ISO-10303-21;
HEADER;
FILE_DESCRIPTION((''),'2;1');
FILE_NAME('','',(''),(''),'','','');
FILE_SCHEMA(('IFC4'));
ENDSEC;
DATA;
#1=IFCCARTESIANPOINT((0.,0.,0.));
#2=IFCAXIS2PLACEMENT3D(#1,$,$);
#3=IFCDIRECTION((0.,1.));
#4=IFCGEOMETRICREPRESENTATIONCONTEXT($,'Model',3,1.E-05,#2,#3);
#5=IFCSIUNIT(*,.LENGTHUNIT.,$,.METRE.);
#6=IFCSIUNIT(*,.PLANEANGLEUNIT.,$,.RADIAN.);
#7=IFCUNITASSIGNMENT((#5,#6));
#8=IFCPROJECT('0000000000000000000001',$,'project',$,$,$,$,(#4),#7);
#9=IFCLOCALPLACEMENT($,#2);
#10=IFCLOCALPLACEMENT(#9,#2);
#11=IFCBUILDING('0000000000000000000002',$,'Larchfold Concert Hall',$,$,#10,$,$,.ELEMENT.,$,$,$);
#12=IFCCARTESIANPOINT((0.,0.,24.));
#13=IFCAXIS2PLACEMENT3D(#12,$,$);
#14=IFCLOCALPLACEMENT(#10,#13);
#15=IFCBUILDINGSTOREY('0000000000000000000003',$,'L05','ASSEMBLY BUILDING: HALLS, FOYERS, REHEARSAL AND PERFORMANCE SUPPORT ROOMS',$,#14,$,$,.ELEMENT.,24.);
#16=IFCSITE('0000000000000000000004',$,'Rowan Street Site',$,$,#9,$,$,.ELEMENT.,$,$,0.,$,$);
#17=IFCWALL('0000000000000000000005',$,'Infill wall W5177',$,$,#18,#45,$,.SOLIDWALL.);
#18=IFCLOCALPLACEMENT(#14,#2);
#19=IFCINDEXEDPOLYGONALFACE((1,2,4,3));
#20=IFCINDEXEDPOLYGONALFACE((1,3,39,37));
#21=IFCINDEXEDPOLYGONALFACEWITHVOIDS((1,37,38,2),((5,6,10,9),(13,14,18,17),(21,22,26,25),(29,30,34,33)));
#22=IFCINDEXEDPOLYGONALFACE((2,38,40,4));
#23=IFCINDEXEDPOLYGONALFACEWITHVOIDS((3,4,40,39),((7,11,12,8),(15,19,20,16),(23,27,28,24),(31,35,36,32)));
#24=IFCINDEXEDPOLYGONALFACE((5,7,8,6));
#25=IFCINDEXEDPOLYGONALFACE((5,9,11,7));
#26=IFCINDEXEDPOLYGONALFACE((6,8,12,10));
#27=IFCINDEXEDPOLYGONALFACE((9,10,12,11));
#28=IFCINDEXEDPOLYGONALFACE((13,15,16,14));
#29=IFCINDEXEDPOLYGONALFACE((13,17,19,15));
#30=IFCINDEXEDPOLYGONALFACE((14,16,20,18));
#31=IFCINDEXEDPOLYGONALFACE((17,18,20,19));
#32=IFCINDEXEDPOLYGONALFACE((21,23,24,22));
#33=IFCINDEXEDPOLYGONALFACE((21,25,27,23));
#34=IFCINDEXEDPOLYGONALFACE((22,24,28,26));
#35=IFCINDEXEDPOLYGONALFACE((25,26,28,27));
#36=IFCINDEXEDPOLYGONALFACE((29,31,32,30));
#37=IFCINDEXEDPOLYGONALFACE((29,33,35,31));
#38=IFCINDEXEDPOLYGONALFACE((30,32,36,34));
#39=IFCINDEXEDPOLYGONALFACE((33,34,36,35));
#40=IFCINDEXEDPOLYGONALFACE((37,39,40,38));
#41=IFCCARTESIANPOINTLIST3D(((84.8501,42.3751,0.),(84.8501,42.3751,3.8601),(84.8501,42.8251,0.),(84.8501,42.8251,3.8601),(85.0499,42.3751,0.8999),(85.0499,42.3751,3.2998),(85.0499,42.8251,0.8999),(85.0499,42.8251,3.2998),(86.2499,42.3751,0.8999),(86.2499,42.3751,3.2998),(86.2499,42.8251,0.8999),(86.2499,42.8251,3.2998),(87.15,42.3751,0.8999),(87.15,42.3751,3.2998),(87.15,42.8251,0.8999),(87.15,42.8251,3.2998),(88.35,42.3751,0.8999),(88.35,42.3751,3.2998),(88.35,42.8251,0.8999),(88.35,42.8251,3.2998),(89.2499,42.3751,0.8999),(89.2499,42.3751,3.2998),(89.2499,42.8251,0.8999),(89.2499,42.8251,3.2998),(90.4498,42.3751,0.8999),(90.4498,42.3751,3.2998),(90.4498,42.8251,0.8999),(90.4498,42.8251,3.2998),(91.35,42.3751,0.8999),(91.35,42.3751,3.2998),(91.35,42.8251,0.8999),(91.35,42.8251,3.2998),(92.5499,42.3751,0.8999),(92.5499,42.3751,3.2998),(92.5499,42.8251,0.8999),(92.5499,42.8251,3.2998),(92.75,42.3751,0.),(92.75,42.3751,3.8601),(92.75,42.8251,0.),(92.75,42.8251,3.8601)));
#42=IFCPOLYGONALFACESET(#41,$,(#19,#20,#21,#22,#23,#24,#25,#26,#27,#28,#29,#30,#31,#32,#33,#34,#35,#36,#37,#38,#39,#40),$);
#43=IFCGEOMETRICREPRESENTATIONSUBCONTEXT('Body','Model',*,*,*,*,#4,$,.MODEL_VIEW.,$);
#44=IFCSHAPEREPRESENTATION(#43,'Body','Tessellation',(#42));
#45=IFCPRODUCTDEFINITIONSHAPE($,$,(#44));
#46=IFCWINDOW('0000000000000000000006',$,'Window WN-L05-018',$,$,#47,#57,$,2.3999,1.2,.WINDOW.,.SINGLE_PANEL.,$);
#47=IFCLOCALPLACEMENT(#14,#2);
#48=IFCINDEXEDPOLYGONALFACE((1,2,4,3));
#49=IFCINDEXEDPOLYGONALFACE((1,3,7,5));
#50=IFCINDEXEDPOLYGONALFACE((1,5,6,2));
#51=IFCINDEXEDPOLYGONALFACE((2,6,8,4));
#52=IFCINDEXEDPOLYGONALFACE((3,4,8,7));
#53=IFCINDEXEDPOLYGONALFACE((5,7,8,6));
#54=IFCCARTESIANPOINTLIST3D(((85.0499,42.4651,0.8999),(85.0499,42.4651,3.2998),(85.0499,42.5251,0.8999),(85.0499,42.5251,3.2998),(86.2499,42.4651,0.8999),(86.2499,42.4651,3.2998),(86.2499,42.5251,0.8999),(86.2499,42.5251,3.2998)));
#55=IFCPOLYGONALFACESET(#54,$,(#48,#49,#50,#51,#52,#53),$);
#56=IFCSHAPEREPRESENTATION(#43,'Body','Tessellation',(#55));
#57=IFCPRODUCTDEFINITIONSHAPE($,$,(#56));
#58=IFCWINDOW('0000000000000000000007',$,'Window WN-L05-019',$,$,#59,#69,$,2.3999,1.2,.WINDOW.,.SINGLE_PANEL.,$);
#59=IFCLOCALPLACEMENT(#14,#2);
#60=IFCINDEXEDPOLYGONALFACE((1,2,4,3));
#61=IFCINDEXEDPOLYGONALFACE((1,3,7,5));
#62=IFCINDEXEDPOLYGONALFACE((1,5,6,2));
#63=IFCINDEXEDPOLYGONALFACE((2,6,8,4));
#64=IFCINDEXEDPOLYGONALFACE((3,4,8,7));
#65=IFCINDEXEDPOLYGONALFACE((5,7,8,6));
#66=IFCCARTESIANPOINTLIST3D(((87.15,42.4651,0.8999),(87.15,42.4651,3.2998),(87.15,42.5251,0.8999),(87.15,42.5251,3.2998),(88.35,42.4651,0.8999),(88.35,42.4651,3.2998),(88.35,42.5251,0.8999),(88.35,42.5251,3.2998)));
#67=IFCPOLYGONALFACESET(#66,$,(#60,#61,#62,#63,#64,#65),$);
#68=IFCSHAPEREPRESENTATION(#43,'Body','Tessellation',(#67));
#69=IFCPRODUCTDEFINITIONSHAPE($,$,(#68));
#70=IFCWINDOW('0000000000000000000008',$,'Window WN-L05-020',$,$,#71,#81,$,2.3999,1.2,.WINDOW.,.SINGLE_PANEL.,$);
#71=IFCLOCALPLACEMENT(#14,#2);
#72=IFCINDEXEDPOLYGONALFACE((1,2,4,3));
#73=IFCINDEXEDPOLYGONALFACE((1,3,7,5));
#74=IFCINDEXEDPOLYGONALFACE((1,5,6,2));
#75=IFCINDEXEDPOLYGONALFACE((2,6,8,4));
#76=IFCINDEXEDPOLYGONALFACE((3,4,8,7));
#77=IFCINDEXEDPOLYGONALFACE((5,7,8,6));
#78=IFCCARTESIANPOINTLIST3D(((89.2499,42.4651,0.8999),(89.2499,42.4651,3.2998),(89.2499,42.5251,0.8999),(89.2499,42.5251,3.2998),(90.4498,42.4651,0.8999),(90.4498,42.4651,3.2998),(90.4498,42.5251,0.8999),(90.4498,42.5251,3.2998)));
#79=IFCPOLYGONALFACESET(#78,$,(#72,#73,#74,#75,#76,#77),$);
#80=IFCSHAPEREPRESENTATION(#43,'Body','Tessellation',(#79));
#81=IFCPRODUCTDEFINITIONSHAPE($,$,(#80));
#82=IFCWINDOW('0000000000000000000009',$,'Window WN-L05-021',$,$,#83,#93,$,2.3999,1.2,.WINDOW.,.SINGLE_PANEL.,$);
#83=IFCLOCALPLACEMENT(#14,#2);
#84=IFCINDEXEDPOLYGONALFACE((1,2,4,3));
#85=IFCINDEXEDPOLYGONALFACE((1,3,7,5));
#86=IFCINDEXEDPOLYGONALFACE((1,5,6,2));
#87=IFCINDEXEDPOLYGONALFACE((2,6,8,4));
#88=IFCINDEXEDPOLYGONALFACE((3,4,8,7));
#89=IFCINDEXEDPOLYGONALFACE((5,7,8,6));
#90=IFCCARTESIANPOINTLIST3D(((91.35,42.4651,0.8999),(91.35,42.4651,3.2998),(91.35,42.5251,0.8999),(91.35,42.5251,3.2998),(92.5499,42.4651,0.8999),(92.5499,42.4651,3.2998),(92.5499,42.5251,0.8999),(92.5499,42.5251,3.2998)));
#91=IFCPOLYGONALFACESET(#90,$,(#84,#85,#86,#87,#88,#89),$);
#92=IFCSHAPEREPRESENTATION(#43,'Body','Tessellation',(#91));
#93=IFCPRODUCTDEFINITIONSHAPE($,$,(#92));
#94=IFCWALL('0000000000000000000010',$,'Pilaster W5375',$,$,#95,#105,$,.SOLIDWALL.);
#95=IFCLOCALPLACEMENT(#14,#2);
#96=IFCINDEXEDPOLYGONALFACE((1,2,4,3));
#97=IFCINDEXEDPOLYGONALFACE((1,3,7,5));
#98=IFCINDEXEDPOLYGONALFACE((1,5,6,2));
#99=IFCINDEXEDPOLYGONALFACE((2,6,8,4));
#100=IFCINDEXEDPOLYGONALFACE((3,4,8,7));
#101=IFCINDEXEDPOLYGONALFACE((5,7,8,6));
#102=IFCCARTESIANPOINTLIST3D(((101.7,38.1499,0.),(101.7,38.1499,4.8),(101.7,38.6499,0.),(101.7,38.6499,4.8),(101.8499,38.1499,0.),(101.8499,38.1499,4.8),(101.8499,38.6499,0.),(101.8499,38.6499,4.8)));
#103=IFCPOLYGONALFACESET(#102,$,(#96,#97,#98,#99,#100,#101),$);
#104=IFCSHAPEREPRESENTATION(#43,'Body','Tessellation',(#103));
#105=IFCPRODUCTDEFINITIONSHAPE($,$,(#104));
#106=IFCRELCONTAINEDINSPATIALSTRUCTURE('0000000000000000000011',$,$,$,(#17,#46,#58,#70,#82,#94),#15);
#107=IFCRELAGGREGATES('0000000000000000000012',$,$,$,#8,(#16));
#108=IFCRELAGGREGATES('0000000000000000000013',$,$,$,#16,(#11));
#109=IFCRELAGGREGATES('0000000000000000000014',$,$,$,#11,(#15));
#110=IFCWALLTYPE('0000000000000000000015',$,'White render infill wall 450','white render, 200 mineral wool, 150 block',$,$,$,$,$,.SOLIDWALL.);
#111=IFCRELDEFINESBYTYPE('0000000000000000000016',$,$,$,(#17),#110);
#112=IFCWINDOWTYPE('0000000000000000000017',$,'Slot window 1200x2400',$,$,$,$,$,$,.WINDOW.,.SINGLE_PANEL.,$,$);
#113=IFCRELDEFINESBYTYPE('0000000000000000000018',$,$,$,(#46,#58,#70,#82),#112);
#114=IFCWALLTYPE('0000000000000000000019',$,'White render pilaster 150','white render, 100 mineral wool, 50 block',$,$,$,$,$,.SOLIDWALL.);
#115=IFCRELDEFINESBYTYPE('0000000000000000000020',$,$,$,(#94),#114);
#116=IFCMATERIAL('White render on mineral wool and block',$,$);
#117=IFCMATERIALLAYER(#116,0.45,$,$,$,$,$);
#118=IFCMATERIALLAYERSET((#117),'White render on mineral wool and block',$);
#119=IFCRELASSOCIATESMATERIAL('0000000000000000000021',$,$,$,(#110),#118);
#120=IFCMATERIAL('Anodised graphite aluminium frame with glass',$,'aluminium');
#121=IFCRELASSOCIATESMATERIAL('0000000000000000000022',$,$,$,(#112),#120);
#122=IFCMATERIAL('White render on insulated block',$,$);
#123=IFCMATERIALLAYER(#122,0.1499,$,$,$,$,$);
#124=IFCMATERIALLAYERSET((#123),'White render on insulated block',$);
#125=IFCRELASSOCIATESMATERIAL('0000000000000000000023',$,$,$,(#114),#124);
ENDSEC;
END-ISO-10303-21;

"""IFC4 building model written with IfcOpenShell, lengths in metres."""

from ifc_helpers import new_model, si_unit, direction, frame, frame_2d, origin, place, context, subcontext, project, spatial, rectangle, extrude, material, layer, layer_set, type_object, element, fill, save


model = new_model("IFC4")

# Units and contexts
model_context = context("Model", 3, precision=1e-05, world=origin(), true_north=direction((0.0, 1.0)))
body_context = subcontext(model_context, "Body", "Model", "MODEL_VIEW")
ifc_project = project(units=[si_unit("LENGTHUNIT", "METRE"), si_unit("PLANEANGLEUNIT", "RADIAN")], contexts=[model_context])

# Site, building, storey
site_placement = place(None, origin())
site = spatial("IfcSite", under=ifc_project, at=site_placement, Name="Rowan Street Site", CompositionType="ELEMENT", RefElevation=0.0)
building_placement = place(site_placement, origin())
building = spatial("IfcBuilding", under=site, at=building_placement, Name="Larchfold Concert Hall", CompositionType="ELEMENT")
storey_placement = place(building_placement, frame((0.0, 0.0, 24.0)))
storey = spatial("IfcBuildingStorey", under=building, at=storey_placement, Name="L05", Description="ASSEMBLY BUILDING: HALLS, FOYERS, REHEARSAL AND PERFORMANCE SUPPORT ROOMS", CompositionType="ELEMENT", Elevation=24.0)

# Wall, openings, windows
ifc_material_1 = material(Name="White render on mineral wool and block")
ifc_layer_1 = layer(ifc_material_1, 0.45)
ifc_layer_set_1 = layer_set([ifc_layer_1], Name="White render on mineral wool and block")
wall_type_1 = type_object("IfcWallType", Name="White render infill wall 450", Description="white render, 200 mineral wool, 150 block", PredefinedType="SOLIDWALL", material=ifc_layer_set_1)
wall_1_placement = place(storey_placement, frame((92.75, 42.6001, 0.0), z_axis=(0.0, 0.0, 1.0), x_axis=(-1.0, 0.0, 0.0)))
wall_1 = element("IfcWall", 1, at=wall_1_placement, inside=storey, type_object=wall_type_1, Name="Infill wall W5177", PredefinedType="SOLIDWALL", context=body_context, shape_type="SweptSolid", body=[
    extrude(rectangle(XDim=7.8999, YDim=0.45, at=frame_2d((3.95, 0.0))), origin(), (0.0, 0.0, 1.0), 3.8601),
])
opening_1_placement = place(wall_1_placement, frame((6.5, 0.0, 0.8999)))
opening_1 = element("IfcOpeningElement", 2, at=opening_1_placement, cuts=wall_1, PredefinedType="OPENING", context=body_context, shape_type="SweptSolid", body=[
    extrude(rectangle(XDim=1.2, YDim=2.3999, at=frame_2d((0.6001, 1.2))), frame((0.0, 0.2349, 0.0), z_axis=(0.0, -1.0, 0.0), x_axis=(1.0, 0.0, 0.0)), (0.0, 0.0, 1.0), 0.47),
])
opening_2_placement = place(wall_1_placement, frame((4.3999, 0.0, 0.8999)))
opening_2 = element("IfcOpeningElement", 3, at=opening_2_placement, cuts=wall_1, PredefinedType="OPENING", context=body_context, shape_type="SweptSolid", body=[
    extrude(rectangle(XDim=1.2, YDim=2.3999, at=frame_2d((0.6001, 1.2))), frame((0.0, 0.2349, 0.0), z_axis=(0.0, -1.0, 0.0), x_axis=(1.0, 0.0, 0.0)), (0.0, 0.0, 1.0), 0.47),
])
opening_3_placement = place(wall_1_placement, frame((2.3, 0.0, 0.8999)))
opening_3 = element("IfcOpeningElement", 4, at=opening_3_placement, cuts=wall_1, PredefinedType="OPENING", context=body_context, shape_type="SweptSolid", body=[
    extrude(rectangle(XDim=1.2, YDim=2.3999, at=frame_2d((0.6001, 1.2))), frame((0.0, 0.2349, 0.0), z_axis=(0.0, -1.0, 0.0), x_axis=(1.0, 0.0, 0.0)), (0.0, 0.0, 1.0), 0.47),
])
opening_4_placement = place(wall_1_placement, frame((0.2, 0.0, 0.8999)))
opening_4 = element("IfcOpeningElement", 5, at=opening_4_placement, cuts=wall_1, PredefinedType="OPENING", context=body_context, shape_type="SweptSolid", body=[
    extrude(rectangle(XDim=1.2, YDim=2.3999, at=frame_2d((0.6001, 1.2))), frame((0.0, 0.2349, 0.0), z_axis=(0.0, -1.0, 0.0), x_axis=(1.0, 0.0, 0.0)), (0.0, 0.0, 1.0), 0.47),
])
ifc_material_2 = material(Name="Anodised graphite aluminium frame with glass", Category="aluminium")
window_type = type_object("IfcWindowType", Name="Slot window 1200x2400", PartitioningType="SINGLE_PANEL", PredefinedType="WINDOW", material=ifc_material_2)
window_1_placement = place(opening_1_placement, origin())
window_1 = element("IfcWindow", 6, at=window_1_placement, inside=storey, type_object=window_type, Name="Window WN-L05-018", OverallHeight=2.3999, OverallWidth=1.2, PartitioningType="SINGLE_PANEL", PredefinedType="WINDOW", context=body_context, shape_type="SweptSolid", body=[
    extrude(rectangle(XDim=1.2, YDim=2.3999, at=frame_2d((0.6001, 1.2))), frame((0.0, 0.135, 0.0), z_axis=(0.0, -1.0, 0.0), x_axis=(1.0, 0.0, 0.0)), (0.0, 0.0, 1.0), 0.0601),
])
fill(opening_1, window_1)
window_2_placement = place(opening_2_placement, origin())
window_2 = element("IfcWindow", 7, at=window_2_placement, inside=storey, type_object=window_type, Name="Window WN-L05-019", OverallHeight=2.3999, OverallWidth=1.2, PartitioningType="SINGLE_PANEL", PredefinedType="WINDOW", context=body_context, shape_type="SweptSolid", body=[
    extrude(rectangle(XDim=1.2, YDim=2.3999, at=frame_2d((0.6001, 1.2))), frame((0.0, 0.135, 0.0), z_axis=(0.0, -1.0, 0.0), x_axis=(1.0, 0.0, 0.0)), (0.0, 0.0, 1.0), 0.0601),
])
fill(opening_2, window_2)
window_3_placement = place(opening_3_placement, origin())
window_3 = element("IfcWindow", 8, at=window_3_placement, inside=storey, type_object=window_type, Name="Window WN-L05-020", OverallHeight=2.3999, OverallWidth=1.2, PartitioningType="SINGLE_PANEL", PredefinedType="WINDOW", context=body_context, shape_type="SweptSolid", body=[
    extrude(rectangle(XDim=1.2, YDim=2.3999, at=frame_2d((0.6001, 1.2))), frame((0.0, 0.135, 0.0), z_axis=(0.0, -1.0, 0.0), x_axis=(1.0, 0.0, 0.0)), (0.0, 0.0, 1.0), 0.0601),
])
fill(opening_3, window_3)
window_4_placement = place(opening_4_placement, origin())
window_4 = element("IfcWindow", 9, at=window_4_placement, inside=storey, type_object=window_type, Name="Window WN-L05-021", OverallHeight=2.3999, OverallWidth=1.2, PartitioningType="SINGLE_PANEL", PredefinedType="WINDOW", context=body_context, shape_type="SweptSolid", body=[
    extrude(rectangle(XDim=1.2, YDim=2.3999, at=frame_2d((0.6001, 1.2))), frame((0.0, 0.135, 0.0), z_axis=(0.0, -1.0, 0.0), x_axis=(1.0, 0.0, 0.0)), (0.0, 0.0, 1.0), 0.0601),
])
fill(opening_4, window_4)

# Wall
ifc_material_3 = material(Name="White render on insulated block")
ifc_layer_2 = layer(ifc_material_3, 0.1499)
ifc_layer_set_2 = layer_set([ifc_layer_2], Name="White render on insulated block")
wall_type_2 = type_object("IfcWallType", Name="White render pilaster 150", Description="white render, 100 mineral wool, 50 block", PredefinedType="SOLIDWALL", material=ifc_layer_set_2)
wall_2_placement = place(storey_placement, frame((101.7749, 38.1499, 0.0), z_axis=(0.0, 0.0, 1.0), x_axis=(0.0, 1.0, 0.0)))
element("IfcWall", 10, at=wall_2_placement, inside=storey, type_object=wall_type_2, Name="Pilaster W5375", PredefinedType="SOLIDWALL", context=body_context, shape_type="SweptSolid", body=[
    extrude(rectangle(XDim=0.5, YDim=0.1499, at=frame_2d((0.25, 0.0))), origin(), (0.0, 0.0, 1.0), 4.8),
])

save(model, "model.ifc")
